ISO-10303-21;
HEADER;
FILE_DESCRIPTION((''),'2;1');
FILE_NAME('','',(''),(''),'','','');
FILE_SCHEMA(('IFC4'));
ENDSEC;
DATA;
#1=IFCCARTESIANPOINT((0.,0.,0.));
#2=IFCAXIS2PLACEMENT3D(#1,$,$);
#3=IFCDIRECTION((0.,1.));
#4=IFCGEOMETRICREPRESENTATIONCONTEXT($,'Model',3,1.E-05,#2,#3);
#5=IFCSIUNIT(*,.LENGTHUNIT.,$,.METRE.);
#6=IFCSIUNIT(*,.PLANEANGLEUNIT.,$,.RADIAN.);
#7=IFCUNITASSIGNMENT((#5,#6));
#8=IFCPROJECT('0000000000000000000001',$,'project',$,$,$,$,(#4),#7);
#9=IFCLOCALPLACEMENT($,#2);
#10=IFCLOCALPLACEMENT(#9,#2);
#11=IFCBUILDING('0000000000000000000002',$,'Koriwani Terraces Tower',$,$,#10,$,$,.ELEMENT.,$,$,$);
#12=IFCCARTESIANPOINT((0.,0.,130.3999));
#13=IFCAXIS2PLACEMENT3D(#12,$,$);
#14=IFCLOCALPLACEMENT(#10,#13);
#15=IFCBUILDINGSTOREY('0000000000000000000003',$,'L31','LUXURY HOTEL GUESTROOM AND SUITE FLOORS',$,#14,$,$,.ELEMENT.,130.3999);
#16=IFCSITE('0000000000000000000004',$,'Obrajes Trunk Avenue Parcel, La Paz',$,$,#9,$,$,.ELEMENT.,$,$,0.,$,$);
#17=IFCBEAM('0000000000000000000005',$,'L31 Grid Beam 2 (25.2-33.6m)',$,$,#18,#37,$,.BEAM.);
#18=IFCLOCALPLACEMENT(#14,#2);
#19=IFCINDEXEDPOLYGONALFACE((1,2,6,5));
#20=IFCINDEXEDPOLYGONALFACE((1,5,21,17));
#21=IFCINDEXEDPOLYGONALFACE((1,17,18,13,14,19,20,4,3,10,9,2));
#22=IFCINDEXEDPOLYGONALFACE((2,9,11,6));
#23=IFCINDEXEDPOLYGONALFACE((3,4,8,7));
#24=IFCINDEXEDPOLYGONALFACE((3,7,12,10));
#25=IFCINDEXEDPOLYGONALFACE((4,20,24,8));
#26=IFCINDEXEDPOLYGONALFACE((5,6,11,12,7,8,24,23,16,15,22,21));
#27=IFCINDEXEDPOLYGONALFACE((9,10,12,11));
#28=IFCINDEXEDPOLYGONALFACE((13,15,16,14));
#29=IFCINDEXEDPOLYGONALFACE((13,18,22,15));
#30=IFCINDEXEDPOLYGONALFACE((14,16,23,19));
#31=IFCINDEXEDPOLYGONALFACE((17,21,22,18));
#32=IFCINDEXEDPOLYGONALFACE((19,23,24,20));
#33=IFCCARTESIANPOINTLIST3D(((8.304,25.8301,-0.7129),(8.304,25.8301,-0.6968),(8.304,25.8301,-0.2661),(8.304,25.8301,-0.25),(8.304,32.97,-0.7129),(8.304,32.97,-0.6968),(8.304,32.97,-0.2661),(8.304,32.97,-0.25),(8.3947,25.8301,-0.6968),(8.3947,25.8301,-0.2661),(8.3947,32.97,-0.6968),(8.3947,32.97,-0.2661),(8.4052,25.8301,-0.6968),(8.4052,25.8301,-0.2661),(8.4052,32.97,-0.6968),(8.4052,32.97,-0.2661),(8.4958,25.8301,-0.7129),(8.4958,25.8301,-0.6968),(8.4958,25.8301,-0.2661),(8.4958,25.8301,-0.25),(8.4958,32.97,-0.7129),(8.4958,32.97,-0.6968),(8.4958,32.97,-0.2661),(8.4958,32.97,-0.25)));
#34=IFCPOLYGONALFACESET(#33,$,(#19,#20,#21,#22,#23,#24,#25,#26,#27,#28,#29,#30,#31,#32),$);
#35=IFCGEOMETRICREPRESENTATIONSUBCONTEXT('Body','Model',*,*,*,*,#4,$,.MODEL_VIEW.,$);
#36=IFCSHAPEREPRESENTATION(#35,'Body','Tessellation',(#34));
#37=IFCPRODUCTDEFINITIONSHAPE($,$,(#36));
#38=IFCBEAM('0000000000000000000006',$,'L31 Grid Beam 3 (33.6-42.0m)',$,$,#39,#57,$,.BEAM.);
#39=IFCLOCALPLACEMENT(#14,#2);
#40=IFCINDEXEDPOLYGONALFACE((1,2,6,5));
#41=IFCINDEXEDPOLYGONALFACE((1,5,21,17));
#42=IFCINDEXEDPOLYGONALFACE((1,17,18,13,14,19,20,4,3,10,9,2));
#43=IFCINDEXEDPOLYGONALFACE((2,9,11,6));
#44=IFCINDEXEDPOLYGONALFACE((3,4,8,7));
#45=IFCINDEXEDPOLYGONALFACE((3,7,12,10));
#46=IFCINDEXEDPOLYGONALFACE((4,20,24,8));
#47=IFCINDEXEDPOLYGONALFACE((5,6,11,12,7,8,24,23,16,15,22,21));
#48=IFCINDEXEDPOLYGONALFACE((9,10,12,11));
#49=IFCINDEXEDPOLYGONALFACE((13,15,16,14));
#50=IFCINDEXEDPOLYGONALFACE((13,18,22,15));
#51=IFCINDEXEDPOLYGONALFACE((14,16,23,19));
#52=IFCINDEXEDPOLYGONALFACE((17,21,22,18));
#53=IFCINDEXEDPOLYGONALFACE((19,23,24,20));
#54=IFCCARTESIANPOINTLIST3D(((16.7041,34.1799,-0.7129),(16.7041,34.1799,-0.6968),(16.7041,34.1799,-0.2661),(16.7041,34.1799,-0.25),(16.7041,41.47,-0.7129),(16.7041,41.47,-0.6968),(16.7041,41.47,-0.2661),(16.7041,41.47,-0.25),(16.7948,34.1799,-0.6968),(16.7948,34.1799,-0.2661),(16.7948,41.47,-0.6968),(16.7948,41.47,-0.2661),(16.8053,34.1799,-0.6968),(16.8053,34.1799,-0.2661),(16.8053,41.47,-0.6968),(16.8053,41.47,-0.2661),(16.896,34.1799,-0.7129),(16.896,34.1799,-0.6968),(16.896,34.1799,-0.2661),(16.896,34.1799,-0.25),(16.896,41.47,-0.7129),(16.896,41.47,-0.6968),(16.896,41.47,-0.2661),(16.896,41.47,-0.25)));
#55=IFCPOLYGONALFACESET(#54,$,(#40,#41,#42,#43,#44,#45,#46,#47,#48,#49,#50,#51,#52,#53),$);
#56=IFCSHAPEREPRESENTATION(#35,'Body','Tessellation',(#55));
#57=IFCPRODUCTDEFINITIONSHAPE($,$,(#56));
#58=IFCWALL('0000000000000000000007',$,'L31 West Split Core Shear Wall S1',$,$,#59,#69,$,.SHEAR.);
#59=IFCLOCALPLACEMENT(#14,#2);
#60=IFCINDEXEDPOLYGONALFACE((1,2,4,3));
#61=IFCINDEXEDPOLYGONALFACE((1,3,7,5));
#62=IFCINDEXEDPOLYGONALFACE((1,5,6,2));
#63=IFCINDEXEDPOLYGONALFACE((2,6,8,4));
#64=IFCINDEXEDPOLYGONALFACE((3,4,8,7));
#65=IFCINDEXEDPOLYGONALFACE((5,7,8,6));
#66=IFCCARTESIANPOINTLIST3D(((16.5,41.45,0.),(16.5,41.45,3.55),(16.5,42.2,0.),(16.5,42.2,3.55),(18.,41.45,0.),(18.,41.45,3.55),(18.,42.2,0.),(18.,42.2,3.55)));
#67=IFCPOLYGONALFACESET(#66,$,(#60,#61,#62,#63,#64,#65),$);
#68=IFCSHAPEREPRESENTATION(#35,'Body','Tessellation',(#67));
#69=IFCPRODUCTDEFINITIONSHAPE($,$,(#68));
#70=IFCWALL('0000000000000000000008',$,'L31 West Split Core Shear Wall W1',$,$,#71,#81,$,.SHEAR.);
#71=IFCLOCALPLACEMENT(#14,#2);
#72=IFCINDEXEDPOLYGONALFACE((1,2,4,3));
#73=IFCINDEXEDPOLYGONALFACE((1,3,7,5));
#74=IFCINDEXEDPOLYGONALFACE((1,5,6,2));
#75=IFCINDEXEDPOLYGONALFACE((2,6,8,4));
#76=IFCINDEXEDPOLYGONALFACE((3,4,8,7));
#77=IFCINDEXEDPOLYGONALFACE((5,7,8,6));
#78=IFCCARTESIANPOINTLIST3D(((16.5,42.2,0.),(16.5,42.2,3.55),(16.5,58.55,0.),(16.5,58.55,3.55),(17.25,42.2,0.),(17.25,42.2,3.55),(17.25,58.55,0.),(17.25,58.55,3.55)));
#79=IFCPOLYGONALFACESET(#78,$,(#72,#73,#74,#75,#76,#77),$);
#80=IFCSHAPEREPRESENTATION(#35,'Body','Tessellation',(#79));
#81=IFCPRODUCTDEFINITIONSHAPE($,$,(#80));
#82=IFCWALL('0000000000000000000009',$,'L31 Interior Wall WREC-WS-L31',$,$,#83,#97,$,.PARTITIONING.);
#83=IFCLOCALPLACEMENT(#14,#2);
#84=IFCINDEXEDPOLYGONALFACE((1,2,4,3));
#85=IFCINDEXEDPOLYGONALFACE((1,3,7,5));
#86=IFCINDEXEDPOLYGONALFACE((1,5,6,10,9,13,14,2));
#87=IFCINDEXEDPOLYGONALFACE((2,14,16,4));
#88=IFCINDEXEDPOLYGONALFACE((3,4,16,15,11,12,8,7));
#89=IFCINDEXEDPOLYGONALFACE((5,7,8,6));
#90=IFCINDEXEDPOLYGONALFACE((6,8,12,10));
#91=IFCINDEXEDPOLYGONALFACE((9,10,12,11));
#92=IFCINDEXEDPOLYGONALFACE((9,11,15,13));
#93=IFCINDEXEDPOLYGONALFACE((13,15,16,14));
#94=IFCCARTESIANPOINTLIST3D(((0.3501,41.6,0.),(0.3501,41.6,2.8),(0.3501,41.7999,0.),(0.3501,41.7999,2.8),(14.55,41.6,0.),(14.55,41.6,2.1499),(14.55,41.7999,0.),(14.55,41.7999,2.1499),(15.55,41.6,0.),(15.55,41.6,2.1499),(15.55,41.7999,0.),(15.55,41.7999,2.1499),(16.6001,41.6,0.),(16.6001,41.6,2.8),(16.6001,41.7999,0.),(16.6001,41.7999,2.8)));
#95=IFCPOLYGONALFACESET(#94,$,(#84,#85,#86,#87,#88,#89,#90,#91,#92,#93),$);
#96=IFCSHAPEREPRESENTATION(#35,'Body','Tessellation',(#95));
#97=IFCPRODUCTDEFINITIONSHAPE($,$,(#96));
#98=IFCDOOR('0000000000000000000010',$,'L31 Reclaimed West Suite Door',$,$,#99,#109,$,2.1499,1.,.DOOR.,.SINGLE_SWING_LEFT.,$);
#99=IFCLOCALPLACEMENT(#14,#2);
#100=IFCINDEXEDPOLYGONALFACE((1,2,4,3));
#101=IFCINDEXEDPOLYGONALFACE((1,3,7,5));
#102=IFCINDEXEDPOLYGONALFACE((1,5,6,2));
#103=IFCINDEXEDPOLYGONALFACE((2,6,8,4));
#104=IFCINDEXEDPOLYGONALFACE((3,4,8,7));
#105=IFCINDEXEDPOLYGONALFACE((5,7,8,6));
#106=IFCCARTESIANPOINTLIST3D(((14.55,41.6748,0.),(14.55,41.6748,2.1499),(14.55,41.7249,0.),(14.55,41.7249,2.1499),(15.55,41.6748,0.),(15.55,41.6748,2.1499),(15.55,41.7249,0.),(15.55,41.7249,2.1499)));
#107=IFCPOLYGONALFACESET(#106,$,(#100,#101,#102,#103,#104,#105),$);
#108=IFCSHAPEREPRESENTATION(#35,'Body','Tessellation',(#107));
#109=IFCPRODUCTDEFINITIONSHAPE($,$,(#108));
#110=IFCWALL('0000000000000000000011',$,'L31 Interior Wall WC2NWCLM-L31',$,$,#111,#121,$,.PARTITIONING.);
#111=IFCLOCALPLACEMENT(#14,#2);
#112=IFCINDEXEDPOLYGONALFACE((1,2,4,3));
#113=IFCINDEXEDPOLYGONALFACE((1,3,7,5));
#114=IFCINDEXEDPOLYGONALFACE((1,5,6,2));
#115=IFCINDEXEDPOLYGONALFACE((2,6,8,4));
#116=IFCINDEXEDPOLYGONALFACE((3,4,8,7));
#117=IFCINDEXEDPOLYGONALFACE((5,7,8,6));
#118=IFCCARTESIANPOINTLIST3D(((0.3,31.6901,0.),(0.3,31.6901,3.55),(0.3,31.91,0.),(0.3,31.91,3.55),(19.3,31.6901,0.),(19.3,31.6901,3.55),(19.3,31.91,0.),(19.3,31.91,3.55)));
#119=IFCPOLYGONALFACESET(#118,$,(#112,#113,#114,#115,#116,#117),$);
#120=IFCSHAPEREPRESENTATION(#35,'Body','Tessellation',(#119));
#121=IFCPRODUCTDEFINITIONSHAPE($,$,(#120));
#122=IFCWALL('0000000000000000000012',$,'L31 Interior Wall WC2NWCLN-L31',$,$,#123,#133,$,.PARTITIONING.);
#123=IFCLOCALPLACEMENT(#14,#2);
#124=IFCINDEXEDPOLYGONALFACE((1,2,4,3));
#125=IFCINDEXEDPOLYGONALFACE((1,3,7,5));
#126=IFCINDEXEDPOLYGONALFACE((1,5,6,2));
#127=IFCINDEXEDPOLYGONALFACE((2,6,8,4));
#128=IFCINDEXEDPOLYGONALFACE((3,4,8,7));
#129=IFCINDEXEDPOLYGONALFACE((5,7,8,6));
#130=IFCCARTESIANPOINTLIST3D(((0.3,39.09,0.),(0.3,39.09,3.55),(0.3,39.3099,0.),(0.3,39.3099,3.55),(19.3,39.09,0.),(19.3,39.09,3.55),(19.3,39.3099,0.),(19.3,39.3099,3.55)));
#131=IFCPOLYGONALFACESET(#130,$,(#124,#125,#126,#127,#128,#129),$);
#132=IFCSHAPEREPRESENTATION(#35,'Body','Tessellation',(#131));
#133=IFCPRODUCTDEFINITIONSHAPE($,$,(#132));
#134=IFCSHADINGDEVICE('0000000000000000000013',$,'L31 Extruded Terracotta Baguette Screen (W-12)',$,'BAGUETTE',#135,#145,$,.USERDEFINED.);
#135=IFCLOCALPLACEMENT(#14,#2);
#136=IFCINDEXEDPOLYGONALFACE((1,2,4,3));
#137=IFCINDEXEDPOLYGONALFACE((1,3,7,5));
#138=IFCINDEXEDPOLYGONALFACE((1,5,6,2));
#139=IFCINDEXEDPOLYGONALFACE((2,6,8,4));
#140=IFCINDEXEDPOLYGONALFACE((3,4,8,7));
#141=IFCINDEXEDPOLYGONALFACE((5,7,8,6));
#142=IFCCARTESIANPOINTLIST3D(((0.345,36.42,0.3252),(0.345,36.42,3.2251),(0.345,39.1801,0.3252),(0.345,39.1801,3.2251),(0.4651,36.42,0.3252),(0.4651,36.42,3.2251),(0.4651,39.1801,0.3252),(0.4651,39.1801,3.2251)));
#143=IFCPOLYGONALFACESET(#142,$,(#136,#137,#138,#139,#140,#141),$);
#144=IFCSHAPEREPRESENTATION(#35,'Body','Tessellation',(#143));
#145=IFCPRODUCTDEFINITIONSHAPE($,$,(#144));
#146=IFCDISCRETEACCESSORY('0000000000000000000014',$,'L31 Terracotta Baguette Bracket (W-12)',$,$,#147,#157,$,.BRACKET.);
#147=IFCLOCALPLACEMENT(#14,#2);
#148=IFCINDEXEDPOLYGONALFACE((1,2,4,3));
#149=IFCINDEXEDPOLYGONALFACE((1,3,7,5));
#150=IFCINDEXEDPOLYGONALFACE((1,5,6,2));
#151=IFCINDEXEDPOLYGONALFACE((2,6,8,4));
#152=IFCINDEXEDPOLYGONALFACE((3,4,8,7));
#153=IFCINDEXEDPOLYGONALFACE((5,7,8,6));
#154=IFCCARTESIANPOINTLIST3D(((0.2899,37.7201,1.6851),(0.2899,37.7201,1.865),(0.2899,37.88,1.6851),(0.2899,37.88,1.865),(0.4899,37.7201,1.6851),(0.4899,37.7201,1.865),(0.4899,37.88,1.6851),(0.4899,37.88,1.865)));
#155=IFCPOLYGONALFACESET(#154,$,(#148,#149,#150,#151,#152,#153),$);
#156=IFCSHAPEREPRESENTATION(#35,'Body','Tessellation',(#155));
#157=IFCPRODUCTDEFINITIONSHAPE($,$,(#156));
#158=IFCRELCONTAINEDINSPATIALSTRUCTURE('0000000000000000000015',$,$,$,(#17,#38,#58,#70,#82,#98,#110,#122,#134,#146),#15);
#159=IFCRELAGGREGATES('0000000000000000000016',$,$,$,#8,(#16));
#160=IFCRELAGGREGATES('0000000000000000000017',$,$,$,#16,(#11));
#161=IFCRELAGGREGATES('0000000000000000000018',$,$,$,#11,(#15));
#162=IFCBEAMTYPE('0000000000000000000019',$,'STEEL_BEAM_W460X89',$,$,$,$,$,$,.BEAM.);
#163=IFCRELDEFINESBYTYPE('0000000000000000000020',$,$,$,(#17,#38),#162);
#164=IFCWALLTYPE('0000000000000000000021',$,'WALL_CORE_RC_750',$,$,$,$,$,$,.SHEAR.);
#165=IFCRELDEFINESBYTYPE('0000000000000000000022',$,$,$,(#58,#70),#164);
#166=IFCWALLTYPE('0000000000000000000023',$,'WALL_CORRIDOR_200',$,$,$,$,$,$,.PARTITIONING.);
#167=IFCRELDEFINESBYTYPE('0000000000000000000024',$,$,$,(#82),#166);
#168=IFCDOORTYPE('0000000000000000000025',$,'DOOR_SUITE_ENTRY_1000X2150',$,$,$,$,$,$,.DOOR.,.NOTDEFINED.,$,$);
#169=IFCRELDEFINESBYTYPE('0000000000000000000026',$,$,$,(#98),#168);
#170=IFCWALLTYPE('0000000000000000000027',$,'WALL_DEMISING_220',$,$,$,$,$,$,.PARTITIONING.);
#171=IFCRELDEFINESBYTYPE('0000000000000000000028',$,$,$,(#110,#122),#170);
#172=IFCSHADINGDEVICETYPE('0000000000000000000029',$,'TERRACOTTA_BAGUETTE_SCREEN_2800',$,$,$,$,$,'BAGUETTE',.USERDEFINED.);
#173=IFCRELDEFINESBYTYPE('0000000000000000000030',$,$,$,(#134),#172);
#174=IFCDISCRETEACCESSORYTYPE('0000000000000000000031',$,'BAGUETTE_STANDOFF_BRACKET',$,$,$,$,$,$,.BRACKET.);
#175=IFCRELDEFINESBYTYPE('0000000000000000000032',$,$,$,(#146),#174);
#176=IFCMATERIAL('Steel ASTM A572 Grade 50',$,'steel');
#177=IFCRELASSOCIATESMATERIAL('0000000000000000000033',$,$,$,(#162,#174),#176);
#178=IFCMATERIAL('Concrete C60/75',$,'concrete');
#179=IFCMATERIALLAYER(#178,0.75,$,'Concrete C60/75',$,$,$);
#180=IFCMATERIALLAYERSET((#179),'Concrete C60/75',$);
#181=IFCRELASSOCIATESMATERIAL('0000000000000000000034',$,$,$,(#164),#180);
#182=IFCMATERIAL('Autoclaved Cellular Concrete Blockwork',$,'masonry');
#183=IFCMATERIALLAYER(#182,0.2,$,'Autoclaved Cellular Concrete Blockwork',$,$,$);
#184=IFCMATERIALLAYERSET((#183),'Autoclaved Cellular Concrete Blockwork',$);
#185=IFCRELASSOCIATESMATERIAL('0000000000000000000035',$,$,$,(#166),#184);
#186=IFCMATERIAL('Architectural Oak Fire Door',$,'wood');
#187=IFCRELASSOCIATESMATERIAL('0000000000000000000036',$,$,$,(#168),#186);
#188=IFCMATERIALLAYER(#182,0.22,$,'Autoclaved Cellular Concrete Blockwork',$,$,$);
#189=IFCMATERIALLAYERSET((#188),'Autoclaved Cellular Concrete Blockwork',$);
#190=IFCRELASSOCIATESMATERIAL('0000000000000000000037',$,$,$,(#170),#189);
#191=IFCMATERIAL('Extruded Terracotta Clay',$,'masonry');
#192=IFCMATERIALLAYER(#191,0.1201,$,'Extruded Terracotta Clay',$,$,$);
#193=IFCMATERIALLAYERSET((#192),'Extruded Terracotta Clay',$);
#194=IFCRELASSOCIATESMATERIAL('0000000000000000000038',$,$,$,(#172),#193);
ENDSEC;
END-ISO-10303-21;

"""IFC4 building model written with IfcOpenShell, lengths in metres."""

from ifc_helpers import new_model, si_unit, direction, frame, frame_2d, origin, origin_2d, place, context, subcontext, project, spatial, rectangle, i_section, extrude, material, layer, layer_set, material_profile, profile_set, type_object, element, fill, save


model = new_model("IFC4")

# Units and contexts
model_context = context("Model", 3, precision=1e-05, world=origin(), true_north=direction((0.0, 1.0)))
body_context = subcontext(model_context, "Body", "Model", "MODEL_VIEW")
ifc_project = project(units=[si_unit("LENGTHUNIT", "METRE"), si_unit("PLANEANGLEUNIT", "RADIAN")], contexts=[model_context])

# Site, building, storey
site_placement = place(None, origin())
site = spatial("IfcSite", under=ifc_project, at=site_placement, Name="Obrajes Trunk Avenue Parcel, La Paz", CompositionType="ELEMENT", RefElevation=0.0)
building_placement = place(site_placement, origin())
building = spatial("IfcBuilding", under=site, at=building_placement, Name="Koriwani Terraces Tower", CompositionType="ELEMENT")
storey_placement = place(building_placement, frame((0.0, 0.0, 130.3999)))
storey = spatial("IfcBuildingStorey", under=building, at=storey_placement, Name="L31", Description="LUXURY HOTEL GUESTROOM AND SUITE FLOORS", CompositionType="ELEMENT", Elevation=130.3999)

# Shared definitions
ifc_material_1 = material(Name="Concrete C60/75", Category="concrete")

# Beams
ifc_material_2 = material(Name="Steel ASTM A572 Grade 50", Category="steel")
ifc_material_profile_1 = material_profile(ifc_material_2, i_section(OverallWidth=0.1919, OverallDepth=0.4629, WebThickness=0.0105, FlangeThickness=0.0161, at=origin_2d()), Name="Steel ASTM A572 Grade 50", Category="LoadBearing")
ifc_profile_set_1 = profile_set([ifc_material_profile_1], Name="Steel ASTM A572 Grade 50")
beam_type_1 = type_object("IfcBeamType", Name="STEEL_BEAM_W460X89", PredefinedType="BEAM", material=ifc_profile_set_1)
beam_1_placement = place(storey_placement, frame((8.3999, 25.8301, -0.4814), z_axis=(0.0, 1.0, 0.0), x_axis=(-1.0, 0.0, 0.0)))
element("IfcBeam", 1, at=beam_1_placement, inside=storey, type_object=beam_type_1, Name="L31 Grid Beam 2 (25.2-33.6m)", PredefinedType="BEAM", context=body_context, shape_type="SweptSolid", body=[
    extrude(i_section(OverallWidth=0.1919, OverallDepth=0.4629, WebThickness=0.0105, FlangeThickness=0.0161, at=origin_2d()), origin(), (0.0, 0.0, 1.0), 7.1399),
])
beam_2_placement = place(storey_placement, frame((16.8, 34.1799, -0.4814), z_axis=(0.0, 1.0, 0.0), x_axis=(-1.0, 0.0, 0.0)))
element("IfcBeam", 2, at=beam_2_placement, inside=storey, type_object=beam_type_1, Name="L31 Grid Beam 3 (33.6-42.0m)", PredefinedType="BEAM", context=body_context, shape_type="SweptSolid", body=[
    extrude(i_section(OverallWidth=0.1919, OverallDepth=0.4629, WebThickness=0.0105, FlangeThickness=0.0161, at=origin_2d()), origin(), (0.0, 0.0, 1.0), 7.29),
])

# Walls
ifc_layer_1 = layer(ifc_material_1, 0.75, Name="Concrete C60/75")
ifc_layer_set_1 = layer_set([ifc_layer_1], Name="Concrete C60/75")
wall_type_1 = type_object("IfcWallType", Name="WALL_CORE_RC_750", PredefinedType="SHEAR", material=ifc_layer_set_1)
wall_1_placement = place(storey_placement, frame((16.5, 41.825, 0.0), z_axis=(0.0, 0.0, 1.0), x_axis=(1.0, 0.0, 0.0)))
element("IfcWall", 3, at=wall_1_placement, inside=storey, type_object=wall_type_1, Name="L31 West Split Core Shear Wall S1", PredefinedType="SHEAR", context=body_context, shape_type="SweptSolid", body=[
    extrude(rectangle(XDim=1.5, YDim=0.75, at=frame_2d((0.75, 0.0))), origin(), (0.0, 0.0, 1.0), 3.55),
])
wall_2_placement = place(storey_placement, frame((16.875, 42.2, 0.0), z_axis=(0.0, 0.0, 1.0), x_axis=(0.0, 1.0, 0.0)))
element("IfcWall", 4, at=wall_2_placement, inside=storey, type_object=wall_type_1, Name="L31 West Split Core Shear Wall W1", PredefinedType="SHEAR", context=body_context, shape_type="SweptSolid", body=[
    extrude(rectangle(XDim=16.3501, YDim=0.75, at=frame_2d((8.175, 0.0))), origin(), (0.0, 0.0, 1.0), 3.55),
])

# Wall, opening, door
ifc_material_3 = material(Name="Autoclaved Cellular Concrete Blockwork", Category="masonry")
ifc_layer_2 = layer(ifc_material_3, 0.2, Name="Autoclaved Cellular Concrete Blockwork")
ifc_layer_set_2 = layer_set([ifc_layer_2], Name="Autoclaved Cellular Concrete Blockwork")
wall_type_2 = type_object("IfcWallType", Name="WALL_CORRIDOR_200", PredefinedType="PARTITIONING", material=ifc_layer_set_2)
wall_3_placement = place(storey_placement, frame((0.3501, 41.7, 0.0), z_axis=(0.0, 0.0, 1.0), x_axis=(1.0, 0.0, 0.0)))
wall_3 = element("IfcWall", 5, at=wall_3_placement, inside=storey, type_object=wall_type_2, Name="L31 Interior Wall WREC-WS-L31", PredefinedType="PARTITIONING", context=body_context, shape_type="SweptSolid", body=[
    extrude(rectangle(XDim=16.25, YDim=0.2, at=frame_2d((8.125, 0.0))), origin(), (0.0, 0.0, 1.0), 2.8),
])
opening_1_placement = place(wall_3_placement, frame((14.2, 0.0, 0.0)))
opening_1 = element("IfcOpeningElement", 6, at=opening_1_placement, cuts=wall_3, PredefinedType="OPENING", context=body_context, shape_type="SweptSolid", body=[
    extrude(rectangle(XDim=1.0, YDim=2.1499, at=frame_2d((0.5, 1.075))), frame((0.0, 0.1099, 0.0), z_axis=(0.0, -1.0, 0.0), x_axis=(1.0, 0.0, 0.0)), (0.0, 0.0, 1.0), 0.22),
])
ifc_material_4 = material(Name="Architectural Oak Fire Door", Category="wood")
door_type_1 = type_object("IfcDoorType", Name="DOOR_SUITE_ENTRY_1000X2150", OperationType="NOTDEFINED", PredefinedType="DOOR", material=ifc_material_4)
door_1_placement = place(opening_1_placement, origin())
door_1 = element("IfcDoor", 7, at=door_1_placement, inside=storey, type_object=door_type_1, Name="L31 Reclaimed West Suite Door", OperationType="SINGLE_SWING_LEFT", OverallHeight=2.1499, OverallWidth=1.0, PredefinedType="DOOR", context=body_context, shape_type="SweptSolid", body=[
    extrude(rectangle(XDim=1.0, YDim=2.1499, at=frame_2d((0.5, 1.075))), frame((0.0, 0.0249, 0.0), z_axis=(0.0, -1.0, 0.0), x_axis=(1.0, 0.0, 0.0)), (0.0, 0.0, 1.0), 0.05),
])
fill(opening_1, door_1)

# Walls
ifc_layer_3 = layer(ifc_material_3, 0.22, Name="Autoclaved Cellular Concrete Blockwork")
ifc_layer_set_3 = layer_set([ifc_layer_3], Name="Autoclaved Cellular Concrete Blockwork")
wall_type_3 = type_object("IfcWallType", Name="WALL_DEMISING_220", PredefinedType="PARTITIONING", material=ifc_layer_set_3)
for number, where, z_axis, x_axis, name in (
    (8, (0.3, 31.8, 0.0), (0.0, 0.0, 1.0), (1.0, 0.0, 0.0), "L31 Interior Wall WC2NWCLM-L31"),
    (9, (0.3, 39.2, 0.0), (0.0, 0.0, 1.0), (1.0, 0.0, 0.0), "L31 Interior Wall WC2NWCLN-L31"),
):
    element("IfcWall", number, at=place(storey_placement, frame(where, z_axis=z_axis, x_axis=x_axis)), inside=storey, type_object=wall_type_3, Name=name, PredefinedType="PARTITIONING", context=body_context, shape_type="SweptSolid", body=[
        extrude(rectangle(XDim=19.0, YDim=0.22, at=frame_2d((9.5, 0.0))), origin(), (0.0, 0.0, 1.0), 3.55),
    ])

# Shading device
ifc_material_5 = material(Name="Extruded Terracotta Clay", Category="masonry")
ifc_layer_4 = layer(ifc_material_5, 0.1201, Name="Extruded Terracotta Clay")
ifc_layer_set_4 = layer_set([ifc_layer_4], Name="Extruded Terracotta Clay")
shading_device_type = type_object("IfcShadingDeviceType", Name="TERRACOTTA_BAGUETTE_SCREEN_2800", ElementType="BAGUETTE", PredefinedType="USERDEFINED", material=ifc_layer_set_4)
shading_device_placement = place(storey_placement, frame((0.405, 37.8, 0.3252), z_axis=(0.0, 0.0, 1.0), x_axis=(0.0, 1.0, 0.0)))
element("IfcShadingDevice", 10, at=shading_device_placement, inside=storey, type_object=shading_device_type, Name="L31 Extruded Terracotta Baguette Screen (W-12)", ObjectType="BAGUETTE", PredefinedType="USERDEFINED", context=body_context, shape_type="SweptSolid", body=[
    extrude(rectangle(XDim=2.76, YDim=0.1201, at=origin_2d()), origin(), (0.0, 0.0, 1.0), 2.8999),
])

# Discrete accessory
discrete_accessory_type = type_object("IfcDiscreteAccessoryType", Name="BAGUETTE_STANDOFF_BRACKET", PredefinedType="BRACKET", material=ifc_material_2)
discrete_accessory_placement = place(storey_placement, frame((0.3899, 37.8, 1.6851), z_axis=(0.0, 0.0, 1.0), x_axis=(0.0, 1.0, 0.0)))
element("IfcDiscreteAccessory", 11, at=discrete_accessory_placement, inside=storey, type_object=discrete_accessory_type, Name="L31 Terracotta Baguette Bracket (W-12)", PredefinedType="BRACKET", context=body_context, shape_type="SweptSolid", body=[
    extrude(rectangle(XDim=0.1599, YDim=0.2, at=origin_2d()), origin(), (0.0, 0.0, 1.0), 0.1799),
])

save(model, "model.ifc")
